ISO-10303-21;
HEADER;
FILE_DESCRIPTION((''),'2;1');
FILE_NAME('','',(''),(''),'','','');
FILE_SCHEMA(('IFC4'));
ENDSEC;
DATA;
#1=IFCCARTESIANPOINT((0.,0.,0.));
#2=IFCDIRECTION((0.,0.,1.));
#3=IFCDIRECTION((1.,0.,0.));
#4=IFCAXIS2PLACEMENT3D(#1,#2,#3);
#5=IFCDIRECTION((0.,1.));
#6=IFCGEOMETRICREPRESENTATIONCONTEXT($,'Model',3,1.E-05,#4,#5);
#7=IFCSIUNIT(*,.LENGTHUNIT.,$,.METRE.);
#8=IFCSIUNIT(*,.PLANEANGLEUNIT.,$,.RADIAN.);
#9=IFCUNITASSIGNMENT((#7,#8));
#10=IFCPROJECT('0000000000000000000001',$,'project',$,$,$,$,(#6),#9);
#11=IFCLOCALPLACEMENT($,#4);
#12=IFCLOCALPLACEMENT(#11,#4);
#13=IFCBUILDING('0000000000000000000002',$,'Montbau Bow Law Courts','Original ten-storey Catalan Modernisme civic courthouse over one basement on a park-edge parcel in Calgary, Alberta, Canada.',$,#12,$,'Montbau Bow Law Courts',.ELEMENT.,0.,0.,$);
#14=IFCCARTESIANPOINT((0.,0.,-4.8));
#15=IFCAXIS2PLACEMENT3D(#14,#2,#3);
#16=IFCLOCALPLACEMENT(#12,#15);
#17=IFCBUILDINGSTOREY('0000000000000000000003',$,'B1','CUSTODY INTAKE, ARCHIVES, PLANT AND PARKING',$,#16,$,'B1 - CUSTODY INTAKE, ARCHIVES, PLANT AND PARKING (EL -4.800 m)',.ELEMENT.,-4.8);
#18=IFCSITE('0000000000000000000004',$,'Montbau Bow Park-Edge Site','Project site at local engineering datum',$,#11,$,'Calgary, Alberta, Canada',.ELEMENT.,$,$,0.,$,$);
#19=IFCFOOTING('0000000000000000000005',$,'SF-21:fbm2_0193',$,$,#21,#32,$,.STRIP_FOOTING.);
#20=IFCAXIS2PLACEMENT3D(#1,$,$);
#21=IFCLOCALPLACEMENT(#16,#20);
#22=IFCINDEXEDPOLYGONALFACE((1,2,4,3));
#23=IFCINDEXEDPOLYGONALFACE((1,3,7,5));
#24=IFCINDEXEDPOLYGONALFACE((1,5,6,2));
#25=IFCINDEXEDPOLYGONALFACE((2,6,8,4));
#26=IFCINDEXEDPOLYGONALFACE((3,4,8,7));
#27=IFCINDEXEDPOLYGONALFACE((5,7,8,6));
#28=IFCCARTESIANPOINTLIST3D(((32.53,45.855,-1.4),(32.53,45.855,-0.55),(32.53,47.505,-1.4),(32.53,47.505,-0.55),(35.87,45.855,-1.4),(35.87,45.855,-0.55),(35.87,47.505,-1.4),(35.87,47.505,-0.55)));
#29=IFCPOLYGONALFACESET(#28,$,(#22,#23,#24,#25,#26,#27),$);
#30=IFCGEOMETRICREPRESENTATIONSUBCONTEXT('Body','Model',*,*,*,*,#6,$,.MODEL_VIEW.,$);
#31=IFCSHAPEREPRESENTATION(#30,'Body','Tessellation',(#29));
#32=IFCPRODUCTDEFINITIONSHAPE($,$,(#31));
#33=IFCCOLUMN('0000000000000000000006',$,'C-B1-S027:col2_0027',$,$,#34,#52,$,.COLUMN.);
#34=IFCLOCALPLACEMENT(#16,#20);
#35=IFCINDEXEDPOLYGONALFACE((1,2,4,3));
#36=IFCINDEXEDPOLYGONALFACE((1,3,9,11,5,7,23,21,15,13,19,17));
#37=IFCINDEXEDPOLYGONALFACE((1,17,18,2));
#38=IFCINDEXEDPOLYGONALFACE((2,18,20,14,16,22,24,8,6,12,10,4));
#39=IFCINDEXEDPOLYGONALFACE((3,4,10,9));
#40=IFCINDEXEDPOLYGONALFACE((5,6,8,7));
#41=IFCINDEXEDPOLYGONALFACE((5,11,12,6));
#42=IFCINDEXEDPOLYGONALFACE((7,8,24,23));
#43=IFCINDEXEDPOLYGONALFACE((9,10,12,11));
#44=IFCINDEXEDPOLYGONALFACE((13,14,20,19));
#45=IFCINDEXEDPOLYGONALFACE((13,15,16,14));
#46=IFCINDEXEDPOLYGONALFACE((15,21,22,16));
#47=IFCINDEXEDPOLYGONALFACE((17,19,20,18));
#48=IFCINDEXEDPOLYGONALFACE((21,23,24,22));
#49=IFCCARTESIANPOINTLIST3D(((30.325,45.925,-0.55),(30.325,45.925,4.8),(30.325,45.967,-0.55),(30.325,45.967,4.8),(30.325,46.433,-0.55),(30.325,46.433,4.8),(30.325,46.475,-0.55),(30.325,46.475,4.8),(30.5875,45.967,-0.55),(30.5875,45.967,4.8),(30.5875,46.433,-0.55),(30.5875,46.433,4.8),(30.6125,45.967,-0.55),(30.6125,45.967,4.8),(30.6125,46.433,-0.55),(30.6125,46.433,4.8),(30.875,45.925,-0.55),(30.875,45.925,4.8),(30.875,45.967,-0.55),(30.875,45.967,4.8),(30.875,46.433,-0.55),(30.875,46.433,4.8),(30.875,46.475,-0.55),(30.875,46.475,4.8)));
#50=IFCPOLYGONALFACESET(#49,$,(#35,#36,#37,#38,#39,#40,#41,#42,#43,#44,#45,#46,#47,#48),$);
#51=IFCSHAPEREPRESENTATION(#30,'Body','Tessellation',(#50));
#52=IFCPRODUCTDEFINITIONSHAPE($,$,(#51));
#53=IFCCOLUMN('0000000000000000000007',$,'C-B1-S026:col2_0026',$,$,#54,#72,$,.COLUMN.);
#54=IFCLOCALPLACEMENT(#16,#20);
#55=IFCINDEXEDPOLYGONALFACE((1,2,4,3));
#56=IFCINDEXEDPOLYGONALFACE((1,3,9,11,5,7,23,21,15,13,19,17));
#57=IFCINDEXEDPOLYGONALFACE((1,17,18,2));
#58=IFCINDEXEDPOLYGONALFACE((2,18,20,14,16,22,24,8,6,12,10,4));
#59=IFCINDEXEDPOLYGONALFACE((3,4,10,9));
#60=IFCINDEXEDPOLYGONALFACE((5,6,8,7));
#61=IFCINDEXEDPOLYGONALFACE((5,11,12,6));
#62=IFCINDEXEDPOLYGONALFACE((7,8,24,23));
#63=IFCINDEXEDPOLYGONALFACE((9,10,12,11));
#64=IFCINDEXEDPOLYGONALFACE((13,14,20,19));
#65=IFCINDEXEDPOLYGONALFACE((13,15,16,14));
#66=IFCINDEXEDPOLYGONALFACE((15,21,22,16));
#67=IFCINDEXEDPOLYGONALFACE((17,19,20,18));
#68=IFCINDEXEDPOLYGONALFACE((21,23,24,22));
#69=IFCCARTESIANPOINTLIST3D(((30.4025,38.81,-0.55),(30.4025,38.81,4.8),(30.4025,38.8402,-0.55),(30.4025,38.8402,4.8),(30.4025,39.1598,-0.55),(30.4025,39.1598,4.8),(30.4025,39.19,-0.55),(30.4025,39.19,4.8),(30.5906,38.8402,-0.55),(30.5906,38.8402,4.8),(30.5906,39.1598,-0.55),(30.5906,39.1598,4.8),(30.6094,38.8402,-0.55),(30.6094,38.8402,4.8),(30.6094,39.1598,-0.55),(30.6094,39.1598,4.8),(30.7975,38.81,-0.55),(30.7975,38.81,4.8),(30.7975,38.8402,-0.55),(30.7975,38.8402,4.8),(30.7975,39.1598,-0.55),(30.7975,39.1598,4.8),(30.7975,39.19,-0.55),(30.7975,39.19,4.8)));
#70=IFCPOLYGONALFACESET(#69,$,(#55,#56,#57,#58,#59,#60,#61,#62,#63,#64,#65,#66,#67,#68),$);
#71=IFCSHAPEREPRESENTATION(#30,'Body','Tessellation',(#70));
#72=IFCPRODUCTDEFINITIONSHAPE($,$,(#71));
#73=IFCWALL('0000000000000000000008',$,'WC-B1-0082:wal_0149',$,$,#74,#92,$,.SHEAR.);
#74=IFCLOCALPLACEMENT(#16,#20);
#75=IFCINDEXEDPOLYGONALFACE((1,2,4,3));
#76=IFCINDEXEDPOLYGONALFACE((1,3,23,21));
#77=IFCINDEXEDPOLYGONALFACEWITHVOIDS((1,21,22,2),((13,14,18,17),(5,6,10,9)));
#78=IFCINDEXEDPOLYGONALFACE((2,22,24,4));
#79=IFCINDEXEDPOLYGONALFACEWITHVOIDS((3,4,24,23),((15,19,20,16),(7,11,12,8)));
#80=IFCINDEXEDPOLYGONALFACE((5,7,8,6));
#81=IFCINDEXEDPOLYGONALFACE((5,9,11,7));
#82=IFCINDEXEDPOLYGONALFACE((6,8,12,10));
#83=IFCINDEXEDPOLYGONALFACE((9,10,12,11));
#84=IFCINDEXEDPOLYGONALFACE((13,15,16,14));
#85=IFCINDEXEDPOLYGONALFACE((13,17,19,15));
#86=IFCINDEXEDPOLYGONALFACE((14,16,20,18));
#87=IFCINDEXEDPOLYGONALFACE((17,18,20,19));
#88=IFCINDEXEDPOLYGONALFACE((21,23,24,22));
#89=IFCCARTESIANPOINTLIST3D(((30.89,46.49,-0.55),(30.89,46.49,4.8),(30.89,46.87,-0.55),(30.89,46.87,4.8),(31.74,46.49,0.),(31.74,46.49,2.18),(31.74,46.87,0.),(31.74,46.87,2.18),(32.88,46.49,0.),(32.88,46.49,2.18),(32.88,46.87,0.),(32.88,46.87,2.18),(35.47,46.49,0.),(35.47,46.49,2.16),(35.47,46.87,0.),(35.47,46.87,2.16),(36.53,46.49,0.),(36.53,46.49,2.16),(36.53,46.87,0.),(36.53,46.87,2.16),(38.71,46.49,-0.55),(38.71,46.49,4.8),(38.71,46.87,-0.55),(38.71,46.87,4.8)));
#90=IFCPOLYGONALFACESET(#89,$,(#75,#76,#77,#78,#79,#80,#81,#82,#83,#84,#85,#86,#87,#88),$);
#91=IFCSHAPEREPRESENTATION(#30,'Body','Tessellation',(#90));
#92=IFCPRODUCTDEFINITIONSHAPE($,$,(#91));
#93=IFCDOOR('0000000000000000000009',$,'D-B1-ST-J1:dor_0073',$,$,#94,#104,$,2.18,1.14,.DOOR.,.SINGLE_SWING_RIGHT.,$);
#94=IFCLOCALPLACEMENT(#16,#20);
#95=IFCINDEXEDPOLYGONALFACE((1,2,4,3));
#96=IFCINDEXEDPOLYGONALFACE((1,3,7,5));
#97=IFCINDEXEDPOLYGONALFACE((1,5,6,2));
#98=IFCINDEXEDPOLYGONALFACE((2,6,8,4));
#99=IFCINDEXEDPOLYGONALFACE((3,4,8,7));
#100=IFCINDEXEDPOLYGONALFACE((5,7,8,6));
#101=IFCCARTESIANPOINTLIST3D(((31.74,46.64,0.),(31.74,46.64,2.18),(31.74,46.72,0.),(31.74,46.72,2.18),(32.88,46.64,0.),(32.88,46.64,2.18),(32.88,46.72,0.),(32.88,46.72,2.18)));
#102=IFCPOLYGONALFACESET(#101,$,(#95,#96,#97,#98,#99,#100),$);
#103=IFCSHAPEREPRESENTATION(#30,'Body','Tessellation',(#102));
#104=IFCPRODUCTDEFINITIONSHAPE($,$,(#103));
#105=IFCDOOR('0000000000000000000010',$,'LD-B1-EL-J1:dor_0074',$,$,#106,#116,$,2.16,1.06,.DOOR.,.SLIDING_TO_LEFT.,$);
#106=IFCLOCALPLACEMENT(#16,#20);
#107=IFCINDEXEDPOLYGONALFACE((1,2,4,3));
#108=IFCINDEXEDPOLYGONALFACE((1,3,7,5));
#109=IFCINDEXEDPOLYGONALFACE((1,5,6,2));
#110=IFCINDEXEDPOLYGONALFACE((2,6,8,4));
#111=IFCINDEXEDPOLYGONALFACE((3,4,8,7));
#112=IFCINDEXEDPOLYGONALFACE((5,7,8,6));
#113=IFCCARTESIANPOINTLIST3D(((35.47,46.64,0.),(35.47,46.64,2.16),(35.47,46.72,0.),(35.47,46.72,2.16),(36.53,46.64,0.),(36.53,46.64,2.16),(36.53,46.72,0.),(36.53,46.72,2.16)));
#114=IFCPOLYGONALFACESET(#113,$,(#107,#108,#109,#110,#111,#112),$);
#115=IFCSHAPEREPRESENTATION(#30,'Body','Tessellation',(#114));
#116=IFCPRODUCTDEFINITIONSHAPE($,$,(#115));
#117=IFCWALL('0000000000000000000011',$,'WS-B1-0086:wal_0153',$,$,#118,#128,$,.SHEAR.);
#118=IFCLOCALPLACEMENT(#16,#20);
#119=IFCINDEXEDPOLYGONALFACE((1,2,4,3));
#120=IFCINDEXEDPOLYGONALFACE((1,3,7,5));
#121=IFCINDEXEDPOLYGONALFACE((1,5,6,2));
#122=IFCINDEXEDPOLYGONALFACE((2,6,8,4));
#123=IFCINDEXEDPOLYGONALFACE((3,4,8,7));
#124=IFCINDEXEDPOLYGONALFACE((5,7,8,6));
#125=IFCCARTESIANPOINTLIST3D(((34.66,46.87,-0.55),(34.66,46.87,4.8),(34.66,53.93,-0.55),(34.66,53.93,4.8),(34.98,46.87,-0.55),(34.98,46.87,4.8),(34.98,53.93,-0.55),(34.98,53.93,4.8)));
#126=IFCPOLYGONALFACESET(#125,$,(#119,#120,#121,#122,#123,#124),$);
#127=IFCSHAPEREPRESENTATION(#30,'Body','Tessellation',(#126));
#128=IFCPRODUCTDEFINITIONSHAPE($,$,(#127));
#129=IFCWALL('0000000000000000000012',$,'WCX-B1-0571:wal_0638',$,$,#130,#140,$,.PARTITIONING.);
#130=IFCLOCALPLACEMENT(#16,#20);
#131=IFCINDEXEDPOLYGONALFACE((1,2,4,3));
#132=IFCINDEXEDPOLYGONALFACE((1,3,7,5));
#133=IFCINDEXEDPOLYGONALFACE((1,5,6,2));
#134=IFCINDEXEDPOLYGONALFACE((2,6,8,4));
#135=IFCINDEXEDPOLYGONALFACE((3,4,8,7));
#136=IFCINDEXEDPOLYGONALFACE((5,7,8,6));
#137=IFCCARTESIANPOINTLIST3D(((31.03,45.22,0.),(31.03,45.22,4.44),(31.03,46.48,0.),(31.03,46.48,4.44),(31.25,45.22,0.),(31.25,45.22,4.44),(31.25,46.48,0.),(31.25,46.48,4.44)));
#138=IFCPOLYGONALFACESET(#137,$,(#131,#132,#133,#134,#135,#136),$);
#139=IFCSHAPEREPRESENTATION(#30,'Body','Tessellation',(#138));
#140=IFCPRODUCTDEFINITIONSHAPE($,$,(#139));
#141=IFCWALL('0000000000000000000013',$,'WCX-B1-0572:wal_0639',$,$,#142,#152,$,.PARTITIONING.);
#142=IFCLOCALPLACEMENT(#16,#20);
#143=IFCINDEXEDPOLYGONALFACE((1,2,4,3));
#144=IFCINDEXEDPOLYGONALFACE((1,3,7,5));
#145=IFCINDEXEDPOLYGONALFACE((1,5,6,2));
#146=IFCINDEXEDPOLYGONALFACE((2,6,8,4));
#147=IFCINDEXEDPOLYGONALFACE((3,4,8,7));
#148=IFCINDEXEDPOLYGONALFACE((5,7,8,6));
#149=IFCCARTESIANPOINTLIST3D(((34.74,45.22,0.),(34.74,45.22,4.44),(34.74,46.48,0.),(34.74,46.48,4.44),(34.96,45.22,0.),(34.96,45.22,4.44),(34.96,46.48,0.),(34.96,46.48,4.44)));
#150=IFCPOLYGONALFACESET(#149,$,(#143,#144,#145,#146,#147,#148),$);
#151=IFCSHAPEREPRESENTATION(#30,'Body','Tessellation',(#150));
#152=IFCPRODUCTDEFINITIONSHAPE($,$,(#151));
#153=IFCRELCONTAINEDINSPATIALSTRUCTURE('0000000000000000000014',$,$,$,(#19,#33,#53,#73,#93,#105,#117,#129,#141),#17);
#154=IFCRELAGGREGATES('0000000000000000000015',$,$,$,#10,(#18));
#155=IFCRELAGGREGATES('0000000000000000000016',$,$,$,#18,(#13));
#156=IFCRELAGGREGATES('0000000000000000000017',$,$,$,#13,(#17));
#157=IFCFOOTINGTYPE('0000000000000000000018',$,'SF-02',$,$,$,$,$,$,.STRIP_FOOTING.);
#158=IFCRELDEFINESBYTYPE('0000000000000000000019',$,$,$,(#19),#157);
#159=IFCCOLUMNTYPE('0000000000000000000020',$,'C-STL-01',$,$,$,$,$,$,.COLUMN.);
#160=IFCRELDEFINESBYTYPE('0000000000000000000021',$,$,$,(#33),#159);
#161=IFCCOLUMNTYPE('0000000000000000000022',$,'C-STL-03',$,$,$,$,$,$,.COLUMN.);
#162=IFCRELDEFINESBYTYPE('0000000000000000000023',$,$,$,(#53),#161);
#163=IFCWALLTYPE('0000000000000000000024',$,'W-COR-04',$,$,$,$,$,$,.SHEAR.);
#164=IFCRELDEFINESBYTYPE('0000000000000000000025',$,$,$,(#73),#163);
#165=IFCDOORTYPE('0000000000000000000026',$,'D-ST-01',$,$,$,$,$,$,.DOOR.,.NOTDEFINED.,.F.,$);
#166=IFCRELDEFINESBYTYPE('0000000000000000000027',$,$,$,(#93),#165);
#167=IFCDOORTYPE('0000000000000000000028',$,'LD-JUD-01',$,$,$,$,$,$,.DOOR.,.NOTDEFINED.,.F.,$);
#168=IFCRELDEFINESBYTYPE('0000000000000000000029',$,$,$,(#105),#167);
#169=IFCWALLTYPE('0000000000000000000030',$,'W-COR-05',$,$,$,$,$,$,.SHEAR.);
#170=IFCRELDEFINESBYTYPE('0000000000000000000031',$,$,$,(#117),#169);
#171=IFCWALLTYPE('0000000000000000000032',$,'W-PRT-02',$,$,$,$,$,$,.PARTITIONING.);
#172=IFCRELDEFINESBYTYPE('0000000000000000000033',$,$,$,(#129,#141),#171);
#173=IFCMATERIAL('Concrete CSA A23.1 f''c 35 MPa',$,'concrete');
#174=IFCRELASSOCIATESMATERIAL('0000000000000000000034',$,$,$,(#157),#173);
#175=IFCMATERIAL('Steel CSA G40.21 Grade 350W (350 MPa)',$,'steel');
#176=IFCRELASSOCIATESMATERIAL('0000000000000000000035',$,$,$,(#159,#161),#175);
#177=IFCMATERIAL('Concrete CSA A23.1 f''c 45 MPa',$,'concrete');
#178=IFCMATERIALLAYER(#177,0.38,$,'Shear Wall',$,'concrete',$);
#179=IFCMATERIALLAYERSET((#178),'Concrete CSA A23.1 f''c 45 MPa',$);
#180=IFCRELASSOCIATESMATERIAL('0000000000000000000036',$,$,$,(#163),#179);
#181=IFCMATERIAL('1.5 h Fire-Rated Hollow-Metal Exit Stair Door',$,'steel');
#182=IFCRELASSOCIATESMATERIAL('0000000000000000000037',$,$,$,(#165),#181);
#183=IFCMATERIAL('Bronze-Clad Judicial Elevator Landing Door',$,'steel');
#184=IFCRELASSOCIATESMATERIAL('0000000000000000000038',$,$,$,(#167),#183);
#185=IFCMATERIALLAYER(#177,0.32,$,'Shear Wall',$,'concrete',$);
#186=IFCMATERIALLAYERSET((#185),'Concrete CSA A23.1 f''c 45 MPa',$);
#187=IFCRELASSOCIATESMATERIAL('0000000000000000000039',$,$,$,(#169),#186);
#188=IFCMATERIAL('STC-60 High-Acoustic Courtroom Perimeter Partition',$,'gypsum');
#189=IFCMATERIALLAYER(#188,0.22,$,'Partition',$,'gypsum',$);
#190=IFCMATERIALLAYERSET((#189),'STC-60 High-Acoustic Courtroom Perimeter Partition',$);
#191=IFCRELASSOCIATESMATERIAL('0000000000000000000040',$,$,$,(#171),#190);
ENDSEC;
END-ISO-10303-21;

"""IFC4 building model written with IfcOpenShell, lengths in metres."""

from ifc_helpers import new_model, si_unit, direction, frame, frame_2d, origin_with_axes, origin_2d_with_axis, place, context, subcontext, project, spatial, rectangle, i_section, extrude, material, layer, layer_set, material_profile, profile_set, type_object, element, fill, save


model = new_model("IFC4")

# Units and contexts
model_context = context("Model", 3, precision=1e-05, world=origin_with_axes(), true_north=direction((0.0, 1.0)))
body_context = subcontext(model_context, "Body", "Model", "MODEL_VIEW")
ifc_project = project(units=[si_unit("LENGTHUNIT", "METRE"), si_unit("PLANEANGLEUNIT", "RADIAN")], contexts=[model_context])

# Site, building, storey
site_placement = place(None, origin_with_axes())
site = spatial("IfcSite", under=ifc_project, at=site_placement, Name="Montbau Bow Park-Edge Site", Description="Project site at local engineering datum", LongName="Calgary, Alberta, Canada", CompositionType="ELEMENT", RefElevation=0.0)
building_placement = place(site_placement, origin_with_axes())
building = spatial("IfcBuilding", under=site, at=building_placement, Name="Montbau Bow Law Courts", Description="Original ten-storey Catalan Modernisme civic courthouse over one basement on a park-edge parcel in Calgary, Alberta, Canada.", LongName="Montbau Bow Law Courts", CompositionType="ELEMENT", ElevationOfRefHeight=0.0, ElevationOfTerrain=0.0)
storey_placement = place(building_placement, frame((0.0, 0.0, -4.8), z_axis=(0.0, 0.0, 1.0), x_axis=(1.0, 0.0, 0.0)))
storey = spatial("IfcBuildingStorey", under=building, at=storey_placement, Name="B1", Description="CUSTODY INTAKE, ARCHIVES, PLANT AND PARKING", LongName="B1 - CUSTODY INTAKE, ARCHIVES, PLANT AND PARKING (EL -4.800 m)", CompositionType="ELEMENT", Elevation=-4.8)

# Shared definitions
ifc_material_1 = material(Name="Concrete CSA A23.1 f'c 35 MPa", Category="concrete")

# Footing
footing_type_1 = type_object("IfcFootingType", Name="SF-02", PredefinedType="STRIP_FOOTING", material=ifc_material_1)
footing_1_placement = place(None, frame((34.2, 46.68, -6.2), z_axis=(0.0, 0.0, 1.0), x_axis=(1.0, 0.0, 0.0)))
element("IfcFooting", 1, at=footing_1_placement, inside=storey, type_object=footing_type_1, Name="SF-21:fbm2_0193", PredefinedType="STRIP_FOOTING", context=body_context, shape_type="SweptSolid", body=[
    extrude(rectangle(XDim=3.34, YDim=1.65, at=origin_2d_with_axis()), origin_with_axes(), (0.0, 0.0, 1.0), 0.85),
])

# Columns
ifc_material_2 = material(Name="Steel CSA G40.21 Grade 350W (350 MPa)", Category="steel")
ifc_material_profile_1 = material_profile(ifc_material_2, i_section(OverallWidth=0.55, OverallDepth=0.55, WebThickness=0.025, FlangeThickness=0.042, at=origin_2d_with_axis()), Name="WWF550X420", Category="Main", Priority=0)
ifc_profile_set_1 = profile_set([ifc_material_profile_1], Name="Steel CSA G40.21 Grade 350W (350 MPa)")
column_type_1 = type_object("IfcColumnType", Name="C-STL-01", PredefinedType="COLUMN", material=ifc_profile_set_1)
column_1_placement = place(None, frame((30.6, 46.2, -5.35), z_axis=(0.0, 0.0, 1.0), x_axis=(1.0, 0.0, 0.0)))
element("IfcColumn", 2, at=column_1_placement, inside=storey, type_object=column_type_1, Name="C-B1-S027:col2_0027", PredefinedType="COLUMN", context=body_context, shape_type="SweptSolid", body=[
    extrude(i_section(OverallWidth=0.55, OverallDepth=0.55, WebThickness=0.025, FlangeThickness=0.042, at=origin_2d_with_axis()), origin_with_axes(), (0.0, 0.0, 1.0), 5.35),
])
ifc_material_profile_2 = material_profile(ifc_material_2, i_section(OverallWidth=0.395, OverallDepth=0.38, WebThickness=0.0189, FlangeThickness=0.0302, at=origin_2d_with_axis()), Name="W360X237", Category="Main", Priority=0)
ifc_profile_set_2 = profile_set([ifc_material_profile_2], Name="Steel CSA G40.21 Grade 350W (350 MPa)")
column_type_2 = type_object("IfcColumnType", Name="C-STL-03", PredefinedType="COLUMN", material=ifc_profile_set_2)
column_2_placement = place(None, frame((30.6, 39.0, -5.35), z_axis=(0.0, 0.0, 1.0), x_axis=(1.0, 0.0, 0.0)))
element("IfcColumn", 3, at=column_2_placement, inside=storey, type_object=column_type_2, Name="C-B1-S026:col2_0026", PredefinedType="COLUMN", context=body_context, shape_type="SweptSolid", body=[
    extrude(i_section(OverallWidth=0.395, OverallDepth=0.38, WebThickness=0.0189, FlangeThickness=0.0302, at=origin_2d_with_axis()), origin_with_axes(), (0.0, 0.0, 1.0), 5.35),
])

# Wall, openings, doors
ifc_material_3 = material(Name="Concrete CSA A23.1 f'c 45 MPa", Category="concrete")
ifc_layer_1 = layer(ifc_material_3, 0.38, Name="Shear Wall", Category="concrete")
ifc_layer_set_1 = layer_set([ifc_layer_1], Name="Concrete CSA A23.1 f'c 45 MPa")
wall_type_1 = type_object("IfcWallType", Name="W-COR-04", PredefinedType="SHEAR", material=ifc_layer_set_1)
wall_1_placement = place(None, frame((30.89, 46.68, -5.35), z_axis=(0.0, 0.0, 1.0), x_axis=(1.0, 0.0, 0.0)))
wall_1 = element("IfcWall", 4, at=wall_1_placement, inside=storey, type_object=wall_type_1, Name="WC-B1-0082:wal_0149", PredefinedType="SHEAR", context=body_context, shape_type="SweptSolid", body=[
    extrude(rectangle(XDim=7.82, YDim=0.38, at=frame_2d((3.91, 0.0), x_axis=(1.0, 0.0))), origin_with_axes(), (0.0, 0.0, 1.0), 5.35),
])
opening_1_placement = place(None, frame((32.31, 46.68, -4.8), z_axis=(0.0, 0.0, 1.0), x_axis=(1.0, 0.0, 0.0)))
opening_1 = element("IfcOpeningElement", 5, at=opening_1_placement, cuts=wall_1, PredefinedType="OPENING", context=body_context, shape_type="SweptSolid", body=[
    extrude(rectangle(XDim=1.14, YDim=2.18, at=frame_2d((0.0, 1.09), x_axis=(1.0, 0.0))), frame((0.0, 0.2, 0.0), z_axis=(0.0, -1.0, 0.0), x_axis=(1.0, 0.0, 0.0)), (0.0, 0.0, 1.0), 0.4),
])
opening_2_placement = place(None, frame((36.0, 46.68, -4.8), z_axis=(0.0, 0.0, 1.0), x_axis=(1.0, 0.0, 0.0)))
opening_2 = element("IfcOpeningElement", 6, at=opening_2_placement, cuts=wall_1, PredefinedType="OPENING", context=body_context, shape_type="SweptSolid", body=[
    extrude(rectangle(XDim=1.06, YDim=2.16, at=frame_2d((0.0, 1.08), x_axis=(1.0, 0.0))), frame((0.0, 0.2, 0.0), z_axis=(0.0, -1.0, 0.0), x_axis=(1.0, 0.0, 0.0)), (0.0, 0.0, 1.0), 0.4),
])
ifc_material_4 = material(Name="1.5 h Fire-Rated Hollow-Metal Exit Stair Door", Category="steel")
door_type_1 = type_object("IfcDoorType", Name="D-ST-01", OperationType="NOTDEFINED", ParameterTakesPrecedence=False, PredefinedType="DOOR", material=ifc_material_4)
door_1_placement = place(None, frame((32.31, 46.68, -4.8), z_axis=(0.0, 0.0, 1.0), x_axis=(-1.0, 0.0, 0.0)))
door_1 = element("IfcDoor", 7, at=door_1_placement, inside=storey, type_object=door_type_1, Name="D-B1-ST-J1:dor_0073", OperationType="SINGLE_SWING_RIGHT", OverallHeight=2.18, OverallWidth=1.14, PredefinedType="DOOR", context=body_context, shape_type="SweptSolid", body=[
    extrude(rectangle(XDim=1.14, YDim=2.18, at=frame_2d((0.0, 1.09), x_axis=(1.0, 0.0))), frame((0.0, 0.04, 0.0), z_axis=(0.0, -1.0, 0.0), x_axis=(1.0, 0.0, 0.0)), (0.0, 0.0, 1.0), 0.08),
])
fill(opening_1, door_1)
ifc_material_5 = material(Name="Bronze-Clad Judicial Elevator Landing Door", Category="steel")
door_type_2 = type_object("IfcDoorType", Name="LD-JUD-01", OperationType="NOTDEFINED", ParameterTakesPrecedence=False, PredefinedType="DOOR", material=ifc_material_5)
door_2_placement = place(None, frame((36.0, 46.68, -4.8), z_axis=(0.0, 0.0, 1.0), x_axis=(-1.0, 0.0, 0.0)))
door_2 = element("IfcDoor", 8, at=door_2_placement, inside=storey, type_object=door_type_2, Name="LD-B1-EL-J1:dor_0074", OperationType="SLIDING_TO_LEFT", OverallHeight=2.16, OverallWidth=1.06, PredefinedType="DOOR", context=body_context, shape_type="SweptSolid", body=[
    extrude(rectangle(XDim=1.06, YDim=2.16, at=frame_2d((0.0, 1.08), x_axis=(1.0, 0.0))), frame((0.0, 0.04, 0.0), z_axis=(0.0, -1.0, 0.0), x_axis=(1.0, 0.0, 0.0)), (0.0, 0.0, 1.0), 0.08),
])
fill(opening_2, door_2)

# Walls
ifc_layer_2 = layer(ifc_material_3, 0.32, Name="Shear Wall", Category="concrete")
ifc_layer_set_2 = layer_set([ifc_layer_2], Name="Concrete CSA A23.1 f'c 45 MPa")
wall_type_2 = type_object("IfcWallType", Name="W-COR-05", PredefinedType="SHEAR", material=ifc_layer_set_2)
wall_2_placement = place(None, frame((34.82, 46.87, -5.35), z_axis=(0.0, 0.0, 1.0), x_axis=(0.0, 1.0, 0.0)))
element("IfcWall", 9, at=wall_2_placement, inside=storey, type_object=wall_type_2, Name="WS-B1-0086:wal_0153", PredefinedType="SHEAR", context=body_context, shape_type="SweptSolid", body=[
    extrude(rectangle(XDim=7.06, YDim=0.32, at=frame_2d((3.53, 0.0), x_axis=(1.0, 0.0))), origin_with_axes(), (0.0, 0.0, 1.0), 5.35),
])
ifc_material_6 = material(Name="STC-60 High-Acoustic Courtroom Perimeter Partition", Category="gypsum")
ifc_layer_3 = layer(ifc_material_6, 0.22, Name="Partition", Category="gypsum")
ifc_layer_set_3 = layer_set([ifc_layer_3], Name="STC-60 High-Acoustic Courtroom Perimeter Partition")
wall_type_3 = type_object("IfcWallType", Name="W-PRT-02", PredefinedType="PARTITIONING", material=ifc_layer_set_3)
for number, where, z_axis, x_axis, name in (
    (10, (31.14, 45.22, -4.8), (0.0, 0.0, 1.0), (0.0, 1.0, 0.0), "WCX-B1-0571:wal_0638"),
    (11, (34.85, 45.22, -4.8), (0.0, 0.0, 1.0), (0.0, 1.0, 0.0), "WCX-B1-0572:wal_0639"),
):
    element("IfcWall", number, at=place(None, frame(where, z_axis=z_axis, x_axis=x_axis)), inside=storey, type_object=wall_type_3, Name=name, PredefinedType="PARTITIONING", context=body_context, shape_type="SweptSolid", body=[
        extrude(rectangle(XDim=1.26, YDim=0.22, at=frame_2d((0.63, 0.0), x_axis=(1.0, 0.0))), origin_with_axes(), (0.0, 0.0, 1.0), 4.44),
    ])

save(model, "model.ifc")
